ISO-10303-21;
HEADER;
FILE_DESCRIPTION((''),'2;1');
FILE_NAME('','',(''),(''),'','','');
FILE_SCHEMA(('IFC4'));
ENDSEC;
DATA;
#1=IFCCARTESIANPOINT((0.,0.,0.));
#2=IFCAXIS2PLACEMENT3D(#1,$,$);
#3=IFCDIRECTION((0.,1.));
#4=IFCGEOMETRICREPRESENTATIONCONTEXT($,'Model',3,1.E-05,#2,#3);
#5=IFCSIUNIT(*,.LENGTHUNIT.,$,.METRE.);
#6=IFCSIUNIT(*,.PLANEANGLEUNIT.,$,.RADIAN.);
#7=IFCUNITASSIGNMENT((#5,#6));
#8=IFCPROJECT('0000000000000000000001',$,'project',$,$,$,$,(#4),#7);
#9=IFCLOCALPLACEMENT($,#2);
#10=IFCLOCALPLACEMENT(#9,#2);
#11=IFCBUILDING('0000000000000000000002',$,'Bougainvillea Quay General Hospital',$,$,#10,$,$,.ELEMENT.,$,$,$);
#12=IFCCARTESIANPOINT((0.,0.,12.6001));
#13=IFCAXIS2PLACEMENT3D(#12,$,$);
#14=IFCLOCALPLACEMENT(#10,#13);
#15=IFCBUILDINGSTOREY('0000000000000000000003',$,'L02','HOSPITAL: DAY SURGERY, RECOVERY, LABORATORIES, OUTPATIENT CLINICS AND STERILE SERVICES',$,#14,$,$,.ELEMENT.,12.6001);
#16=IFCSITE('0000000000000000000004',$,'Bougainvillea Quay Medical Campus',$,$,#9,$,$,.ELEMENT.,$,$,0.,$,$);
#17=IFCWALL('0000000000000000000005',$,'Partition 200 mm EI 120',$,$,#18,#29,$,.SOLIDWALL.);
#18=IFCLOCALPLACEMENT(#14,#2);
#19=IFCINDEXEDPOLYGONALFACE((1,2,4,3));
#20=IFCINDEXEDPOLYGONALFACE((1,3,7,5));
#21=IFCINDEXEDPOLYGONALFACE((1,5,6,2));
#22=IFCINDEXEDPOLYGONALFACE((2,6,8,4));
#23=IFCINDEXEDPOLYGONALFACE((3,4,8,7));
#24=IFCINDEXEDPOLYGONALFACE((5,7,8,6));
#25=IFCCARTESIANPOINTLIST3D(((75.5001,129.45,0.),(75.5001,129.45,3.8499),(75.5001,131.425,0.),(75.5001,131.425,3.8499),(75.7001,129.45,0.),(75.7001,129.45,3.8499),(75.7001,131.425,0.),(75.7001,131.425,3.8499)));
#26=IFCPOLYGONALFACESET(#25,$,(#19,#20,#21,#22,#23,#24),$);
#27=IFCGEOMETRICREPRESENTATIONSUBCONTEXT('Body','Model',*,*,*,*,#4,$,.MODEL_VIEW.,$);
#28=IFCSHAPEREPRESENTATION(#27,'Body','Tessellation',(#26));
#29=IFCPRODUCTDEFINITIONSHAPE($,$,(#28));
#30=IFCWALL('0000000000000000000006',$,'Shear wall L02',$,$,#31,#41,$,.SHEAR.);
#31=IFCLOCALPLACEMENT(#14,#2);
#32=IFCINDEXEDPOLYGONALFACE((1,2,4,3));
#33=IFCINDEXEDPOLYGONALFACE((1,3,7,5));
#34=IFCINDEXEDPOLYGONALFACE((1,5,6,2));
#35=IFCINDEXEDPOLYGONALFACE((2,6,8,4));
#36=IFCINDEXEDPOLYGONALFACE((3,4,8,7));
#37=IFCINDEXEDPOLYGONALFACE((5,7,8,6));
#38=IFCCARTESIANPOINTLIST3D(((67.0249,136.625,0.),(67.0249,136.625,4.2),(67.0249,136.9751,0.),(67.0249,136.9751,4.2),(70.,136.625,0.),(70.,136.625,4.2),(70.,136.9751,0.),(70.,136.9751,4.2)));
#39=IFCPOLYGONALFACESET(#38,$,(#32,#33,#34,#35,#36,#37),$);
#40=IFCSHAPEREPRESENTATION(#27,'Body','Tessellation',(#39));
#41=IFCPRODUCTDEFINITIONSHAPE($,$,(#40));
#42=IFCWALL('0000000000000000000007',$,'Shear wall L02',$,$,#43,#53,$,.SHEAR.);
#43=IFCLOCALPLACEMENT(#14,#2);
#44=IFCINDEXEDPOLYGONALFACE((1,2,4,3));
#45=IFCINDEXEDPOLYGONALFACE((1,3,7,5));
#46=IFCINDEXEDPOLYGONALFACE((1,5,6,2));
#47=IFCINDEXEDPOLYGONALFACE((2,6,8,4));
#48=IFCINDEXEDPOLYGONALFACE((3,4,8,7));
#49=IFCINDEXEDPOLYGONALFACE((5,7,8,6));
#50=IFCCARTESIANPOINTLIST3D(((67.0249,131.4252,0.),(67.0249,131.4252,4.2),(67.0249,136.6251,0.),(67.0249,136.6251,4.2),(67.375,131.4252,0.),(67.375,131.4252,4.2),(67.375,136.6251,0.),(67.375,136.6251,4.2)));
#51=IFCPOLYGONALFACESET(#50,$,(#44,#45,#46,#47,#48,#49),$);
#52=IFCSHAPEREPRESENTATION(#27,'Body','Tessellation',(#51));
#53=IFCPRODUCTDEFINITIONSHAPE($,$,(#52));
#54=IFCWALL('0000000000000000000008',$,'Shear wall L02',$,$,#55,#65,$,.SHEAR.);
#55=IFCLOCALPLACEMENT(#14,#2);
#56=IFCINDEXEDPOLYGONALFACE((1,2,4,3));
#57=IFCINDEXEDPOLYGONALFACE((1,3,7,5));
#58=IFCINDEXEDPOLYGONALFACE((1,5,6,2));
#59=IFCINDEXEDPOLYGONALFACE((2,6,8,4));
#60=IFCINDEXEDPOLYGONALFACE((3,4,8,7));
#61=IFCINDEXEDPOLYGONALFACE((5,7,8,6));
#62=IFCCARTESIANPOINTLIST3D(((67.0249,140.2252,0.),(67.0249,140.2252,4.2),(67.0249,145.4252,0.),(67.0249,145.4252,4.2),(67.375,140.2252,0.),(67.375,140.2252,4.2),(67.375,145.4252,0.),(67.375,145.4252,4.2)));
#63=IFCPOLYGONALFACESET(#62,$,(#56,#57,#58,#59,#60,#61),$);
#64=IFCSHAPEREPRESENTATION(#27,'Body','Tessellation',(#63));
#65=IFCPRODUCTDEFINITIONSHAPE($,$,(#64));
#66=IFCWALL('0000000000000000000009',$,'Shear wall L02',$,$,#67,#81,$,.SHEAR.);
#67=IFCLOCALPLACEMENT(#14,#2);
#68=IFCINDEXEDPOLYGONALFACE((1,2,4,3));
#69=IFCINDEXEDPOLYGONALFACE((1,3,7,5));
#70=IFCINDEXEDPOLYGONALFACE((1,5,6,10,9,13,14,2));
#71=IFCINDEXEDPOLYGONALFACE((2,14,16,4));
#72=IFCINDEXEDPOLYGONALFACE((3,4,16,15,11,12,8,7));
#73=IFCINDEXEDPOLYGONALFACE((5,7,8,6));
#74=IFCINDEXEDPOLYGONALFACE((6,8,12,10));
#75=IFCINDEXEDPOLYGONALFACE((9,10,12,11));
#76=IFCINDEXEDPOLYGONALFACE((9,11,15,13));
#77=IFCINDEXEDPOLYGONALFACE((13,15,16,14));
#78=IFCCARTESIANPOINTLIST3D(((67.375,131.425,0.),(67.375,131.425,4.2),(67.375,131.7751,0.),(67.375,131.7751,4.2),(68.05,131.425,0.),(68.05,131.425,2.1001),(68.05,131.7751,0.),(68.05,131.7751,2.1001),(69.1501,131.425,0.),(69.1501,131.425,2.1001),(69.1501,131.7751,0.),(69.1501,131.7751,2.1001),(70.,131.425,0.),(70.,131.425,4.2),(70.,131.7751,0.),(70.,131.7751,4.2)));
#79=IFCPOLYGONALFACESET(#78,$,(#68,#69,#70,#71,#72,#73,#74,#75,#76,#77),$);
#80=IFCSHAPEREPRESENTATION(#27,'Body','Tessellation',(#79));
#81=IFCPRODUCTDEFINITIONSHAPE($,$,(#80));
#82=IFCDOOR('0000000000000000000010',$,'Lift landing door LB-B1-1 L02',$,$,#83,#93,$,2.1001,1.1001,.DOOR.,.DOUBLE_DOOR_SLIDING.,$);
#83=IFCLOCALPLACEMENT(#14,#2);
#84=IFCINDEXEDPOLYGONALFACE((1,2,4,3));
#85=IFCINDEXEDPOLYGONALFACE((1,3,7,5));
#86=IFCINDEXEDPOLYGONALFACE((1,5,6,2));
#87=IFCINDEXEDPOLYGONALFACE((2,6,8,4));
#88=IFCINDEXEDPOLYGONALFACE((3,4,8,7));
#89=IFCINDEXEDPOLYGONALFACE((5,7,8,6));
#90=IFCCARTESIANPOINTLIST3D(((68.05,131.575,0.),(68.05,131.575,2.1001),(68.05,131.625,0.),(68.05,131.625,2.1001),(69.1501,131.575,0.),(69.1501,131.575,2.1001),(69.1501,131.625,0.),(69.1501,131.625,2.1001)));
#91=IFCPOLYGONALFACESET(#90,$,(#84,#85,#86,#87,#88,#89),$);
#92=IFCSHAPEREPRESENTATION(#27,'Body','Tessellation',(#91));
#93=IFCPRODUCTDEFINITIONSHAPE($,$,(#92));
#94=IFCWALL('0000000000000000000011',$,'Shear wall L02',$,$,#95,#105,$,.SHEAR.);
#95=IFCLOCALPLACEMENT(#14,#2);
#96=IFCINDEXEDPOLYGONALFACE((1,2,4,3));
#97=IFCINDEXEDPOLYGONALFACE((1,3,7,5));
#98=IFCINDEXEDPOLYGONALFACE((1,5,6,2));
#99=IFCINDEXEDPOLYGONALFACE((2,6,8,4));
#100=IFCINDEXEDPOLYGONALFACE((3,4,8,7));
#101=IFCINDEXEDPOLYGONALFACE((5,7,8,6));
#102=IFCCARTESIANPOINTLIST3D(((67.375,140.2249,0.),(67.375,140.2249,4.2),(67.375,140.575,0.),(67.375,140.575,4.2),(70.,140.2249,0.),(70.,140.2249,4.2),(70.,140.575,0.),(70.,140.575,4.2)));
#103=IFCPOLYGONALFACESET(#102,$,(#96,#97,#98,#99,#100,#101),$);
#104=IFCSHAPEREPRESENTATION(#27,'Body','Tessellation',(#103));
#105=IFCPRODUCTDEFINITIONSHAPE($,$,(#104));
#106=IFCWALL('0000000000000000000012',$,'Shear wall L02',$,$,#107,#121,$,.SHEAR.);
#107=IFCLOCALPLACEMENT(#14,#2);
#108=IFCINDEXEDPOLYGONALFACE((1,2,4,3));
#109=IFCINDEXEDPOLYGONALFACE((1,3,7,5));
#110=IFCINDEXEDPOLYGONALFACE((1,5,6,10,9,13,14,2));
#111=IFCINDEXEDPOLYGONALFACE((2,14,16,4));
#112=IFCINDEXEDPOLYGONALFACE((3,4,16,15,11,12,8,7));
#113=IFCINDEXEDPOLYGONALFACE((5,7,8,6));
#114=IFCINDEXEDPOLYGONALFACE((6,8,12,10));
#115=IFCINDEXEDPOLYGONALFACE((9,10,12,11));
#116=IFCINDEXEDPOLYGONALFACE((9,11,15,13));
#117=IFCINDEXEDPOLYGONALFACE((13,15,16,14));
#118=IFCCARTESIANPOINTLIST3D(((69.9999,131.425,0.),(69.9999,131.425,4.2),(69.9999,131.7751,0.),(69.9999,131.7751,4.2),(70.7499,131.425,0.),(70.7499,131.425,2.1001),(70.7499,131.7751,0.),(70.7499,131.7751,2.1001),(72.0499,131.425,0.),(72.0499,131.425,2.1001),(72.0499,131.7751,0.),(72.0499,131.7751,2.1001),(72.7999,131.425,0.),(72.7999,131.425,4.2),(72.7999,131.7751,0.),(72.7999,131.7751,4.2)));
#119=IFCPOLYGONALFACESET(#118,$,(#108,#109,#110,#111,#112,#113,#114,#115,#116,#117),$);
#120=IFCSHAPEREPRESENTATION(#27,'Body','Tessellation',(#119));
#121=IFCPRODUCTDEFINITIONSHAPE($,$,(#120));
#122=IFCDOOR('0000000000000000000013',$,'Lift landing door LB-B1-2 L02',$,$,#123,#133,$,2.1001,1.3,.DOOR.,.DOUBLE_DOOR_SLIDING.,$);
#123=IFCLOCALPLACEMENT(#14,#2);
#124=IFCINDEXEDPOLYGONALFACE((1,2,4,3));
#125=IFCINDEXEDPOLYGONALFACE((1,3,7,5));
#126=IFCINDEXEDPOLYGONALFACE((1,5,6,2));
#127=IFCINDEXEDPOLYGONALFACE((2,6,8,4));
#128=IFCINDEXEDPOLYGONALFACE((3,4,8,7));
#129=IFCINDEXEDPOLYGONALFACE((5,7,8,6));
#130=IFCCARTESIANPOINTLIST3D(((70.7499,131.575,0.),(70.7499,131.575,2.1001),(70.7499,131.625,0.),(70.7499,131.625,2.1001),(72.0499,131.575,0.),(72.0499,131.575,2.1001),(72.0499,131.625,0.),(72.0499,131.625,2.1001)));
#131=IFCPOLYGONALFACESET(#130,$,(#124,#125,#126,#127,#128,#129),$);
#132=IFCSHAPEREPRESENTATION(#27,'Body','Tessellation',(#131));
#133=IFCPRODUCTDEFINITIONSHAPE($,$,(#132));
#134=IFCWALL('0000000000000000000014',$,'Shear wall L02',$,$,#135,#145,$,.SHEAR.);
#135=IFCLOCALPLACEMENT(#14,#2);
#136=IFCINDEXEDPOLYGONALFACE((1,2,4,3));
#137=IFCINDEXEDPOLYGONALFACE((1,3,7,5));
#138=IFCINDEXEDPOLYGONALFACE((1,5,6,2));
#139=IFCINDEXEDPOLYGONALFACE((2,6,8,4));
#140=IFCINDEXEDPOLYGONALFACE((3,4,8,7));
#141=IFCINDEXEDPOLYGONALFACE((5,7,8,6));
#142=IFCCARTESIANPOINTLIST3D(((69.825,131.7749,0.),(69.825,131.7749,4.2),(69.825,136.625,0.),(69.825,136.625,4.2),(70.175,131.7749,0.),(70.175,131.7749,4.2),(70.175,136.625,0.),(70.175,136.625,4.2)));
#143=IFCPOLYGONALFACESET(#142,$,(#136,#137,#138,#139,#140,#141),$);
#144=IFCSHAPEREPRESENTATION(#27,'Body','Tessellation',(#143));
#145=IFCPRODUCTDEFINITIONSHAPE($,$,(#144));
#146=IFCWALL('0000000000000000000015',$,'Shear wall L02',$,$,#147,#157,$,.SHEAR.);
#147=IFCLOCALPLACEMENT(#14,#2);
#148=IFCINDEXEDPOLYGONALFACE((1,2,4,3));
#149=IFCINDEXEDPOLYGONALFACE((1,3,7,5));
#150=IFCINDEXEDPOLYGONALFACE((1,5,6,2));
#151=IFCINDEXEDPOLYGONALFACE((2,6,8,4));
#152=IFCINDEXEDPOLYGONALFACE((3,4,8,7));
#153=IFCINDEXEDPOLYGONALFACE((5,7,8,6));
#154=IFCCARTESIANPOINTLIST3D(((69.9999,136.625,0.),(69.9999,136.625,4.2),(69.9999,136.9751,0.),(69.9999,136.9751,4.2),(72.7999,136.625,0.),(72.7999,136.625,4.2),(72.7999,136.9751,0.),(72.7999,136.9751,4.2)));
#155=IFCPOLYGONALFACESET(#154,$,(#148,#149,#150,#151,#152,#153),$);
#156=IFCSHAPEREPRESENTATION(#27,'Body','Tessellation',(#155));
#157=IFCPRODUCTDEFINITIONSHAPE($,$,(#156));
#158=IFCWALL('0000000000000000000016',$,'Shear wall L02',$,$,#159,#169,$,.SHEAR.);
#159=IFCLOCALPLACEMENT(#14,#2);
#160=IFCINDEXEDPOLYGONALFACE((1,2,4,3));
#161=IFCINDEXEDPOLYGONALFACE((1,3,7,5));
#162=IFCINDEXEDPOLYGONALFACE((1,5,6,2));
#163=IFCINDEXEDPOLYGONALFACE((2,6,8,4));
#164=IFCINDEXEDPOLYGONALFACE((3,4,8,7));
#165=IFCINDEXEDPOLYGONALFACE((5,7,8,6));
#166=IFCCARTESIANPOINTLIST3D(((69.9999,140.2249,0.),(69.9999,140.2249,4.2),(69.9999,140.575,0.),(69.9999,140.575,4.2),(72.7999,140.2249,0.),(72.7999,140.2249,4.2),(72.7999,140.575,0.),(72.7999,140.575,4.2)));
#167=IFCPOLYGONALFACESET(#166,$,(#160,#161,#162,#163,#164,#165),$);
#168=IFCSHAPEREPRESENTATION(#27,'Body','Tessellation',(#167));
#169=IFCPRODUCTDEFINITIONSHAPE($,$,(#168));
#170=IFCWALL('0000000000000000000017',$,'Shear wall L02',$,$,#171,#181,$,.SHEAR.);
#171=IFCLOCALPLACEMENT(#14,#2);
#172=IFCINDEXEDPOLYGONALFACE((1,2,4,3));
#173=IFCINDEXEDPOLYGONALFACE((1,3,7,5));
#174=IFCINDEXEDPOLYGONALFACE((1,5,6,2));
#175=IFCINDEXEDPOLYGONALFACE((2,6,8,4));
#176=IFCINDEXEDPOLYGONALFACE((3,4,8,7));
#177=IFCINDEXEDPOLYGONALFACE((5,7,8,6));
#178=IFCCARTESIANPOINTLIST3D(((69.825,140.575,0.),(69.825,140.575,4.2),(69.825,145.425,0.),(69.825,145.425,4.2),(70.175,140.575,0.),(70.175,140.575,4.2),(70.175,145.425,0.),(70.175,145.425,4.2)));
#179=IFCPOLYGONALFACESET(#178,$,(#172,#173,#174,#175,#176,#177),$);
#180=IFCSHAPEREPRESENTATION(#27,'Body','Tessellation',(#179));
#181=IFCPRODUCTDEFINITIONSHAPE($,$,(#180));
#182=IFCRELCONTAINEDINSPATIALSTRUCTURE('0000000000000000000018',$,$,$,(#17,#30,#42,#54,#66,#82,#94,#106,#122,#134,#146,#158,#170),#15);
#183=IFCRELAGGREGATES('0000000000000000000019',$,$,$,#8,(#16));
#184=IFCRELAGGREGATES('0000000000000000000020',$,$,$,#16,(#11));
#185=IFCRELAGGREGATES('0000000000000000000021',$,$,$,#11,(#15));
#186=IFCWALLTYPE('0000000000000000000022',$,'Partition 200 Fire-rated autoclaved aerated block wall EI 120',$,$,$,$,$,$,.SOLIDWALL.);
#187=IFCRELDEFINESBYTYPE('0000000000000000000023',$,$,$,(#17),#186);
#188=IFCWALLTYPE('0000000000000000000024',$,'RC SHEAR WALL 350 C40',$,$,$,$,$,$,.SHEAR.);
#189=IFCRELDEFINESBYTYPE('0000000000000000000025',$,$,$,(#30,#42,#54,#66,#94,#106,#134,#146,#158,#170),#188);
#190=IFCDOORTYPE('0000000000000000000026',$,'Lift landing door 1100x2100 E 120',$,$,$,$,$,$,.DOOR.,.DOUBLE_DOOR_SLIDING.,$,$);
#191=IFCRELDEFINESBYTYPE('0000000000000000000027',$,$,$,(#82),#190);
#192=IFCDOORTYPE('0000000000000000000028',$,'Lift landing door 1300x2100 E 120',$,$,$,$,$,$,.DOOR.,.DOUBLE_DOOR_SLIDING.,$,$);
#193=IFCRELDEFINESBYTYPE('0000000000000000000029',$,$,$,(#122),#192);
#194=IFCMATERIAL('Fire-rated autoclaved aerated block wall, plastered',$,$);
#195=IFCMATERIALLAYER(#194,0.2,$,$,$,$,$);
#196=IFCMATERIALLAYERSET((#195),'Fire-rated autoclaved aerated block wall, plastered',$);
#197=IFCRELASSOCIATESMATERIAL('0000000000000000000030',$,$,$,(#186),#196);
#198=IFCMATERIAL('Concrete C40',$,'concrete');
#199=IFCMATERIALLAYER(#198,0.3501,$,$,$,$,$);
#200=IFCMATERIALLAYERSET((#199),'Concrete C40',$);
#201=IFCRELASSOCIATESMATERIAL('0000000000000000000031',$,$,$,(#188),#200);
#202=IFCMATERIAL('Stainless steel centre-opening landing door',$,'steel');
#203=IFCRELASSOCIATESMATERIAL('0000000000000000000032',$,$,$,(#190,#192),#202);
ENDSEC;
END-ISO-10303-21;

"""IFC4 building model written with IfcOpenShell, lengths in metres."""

from ifc_helpers import new_model, si_unit, direction, frame, frame_2d, origin, place, context, subcontext, project, spatial, rectangle, extrude, material, layer, layer_set, type_object, element, fill, save


model = new_model("IFC4")

# Units and contexts
model_context = context("Model", 3, precision=1e-05, world=origin(), true_north=direction((0.0, 1.0)))
body_context = subcontext(model_context, "Body", "Model", "MODEL_VIEW")
ifc_project = project(units=[si_unit("LENGTHUNIT", "METRE"), si_unit("PLANEANGLEUNIT", "RADIAN")], contexts=[model_context])

# Site, building, storey
site_placement = place(None, origin())
site = spatial("IfcSite", under=ifc_project, at=site_placement, Name="Bougainvillea Quay Medical Campus", CompositionType="ELEMENT", RefElevation=0.0)
building_placement = place(site_placement, origin())
building = spatial("IfcBuilding", under=site, at=building_placement, Name="Bougainvillea Quay General Hospital", CompositionType="ELEMENT")
storey_placement = place(building_placement, frame((0.0, 0.0, 12.6001)))
storey = spatial("IfcBuildingStorey", under=building, at=storey_placement, Name="L02", Description="HOSPITAL: DAY SURGERY, RECOVERY, LABORATORIES, OUTPATIENT CLINICS AND STERILE SERVICES", CompositionType="ELEMENT", Elevation=12.6001)

# Shared definitions
ifc_material_1 = material(Name="Concrete C40", Category="concrete")

# Walls
ifc_material_2 = material(Name="Fire-rated autoclaved aerated block wall, plastered")
ifc_layer_1 = layer(ifc_material_2, 0.2)
ifc_layer_set_1 = layer_set([ifc_layer_1], Name="Fire-rated autoclaved aerated block wall, plastered")
wall_type_1 = type_object("IfcWallType", Name="Partition 200 Fire-rated autoclaved aerated block wall EI 120", PredefinedType="SOLIDWALL", material=ifc_layer_set_1)
for number, where, z_axis, x_axis, name in (
    (1, (75.6001, 129.45, 0.0), (0.0, 0.0, 1.0), (0.0, 1.0, 0.0), "Partition 200 mm EI 120"),
):
    element("IfcWall", number, at=place(storey_placement, frame(where, z_axis=z_axis, x_axis=x_axis)), inside=storey, type_object=wall_type_1, Name=name, PredefinedType="SOLIDWALL", context=body_context, shape_type="SweptSolid", body=[
        extrude(rectangle(XDim=1.9751, YDim=0.2, at=frame_2d((0.9875, 0.0))), origin(), (0.0, 0.0, 1.0), 3.8499),
    ])
ifc_layer_2 = layer(ifc_material_1, 0.3501)
ifc_layer_set_2 = layer_set([ifc_layer_2], Name="Concrete C40")
wall_type_2 = type_object("IfcWallType", Name="RC SHEAR WALL 350 C40", PredefinedType="SHEAR", material=ifc_layer_set_2)
wall_1_placement = place(storey_placement, frame((67.0249, 136.8, 0.0), z_axis=(0.0, 0.0, 1.0), x_axis=(1.0, 0.0, 0.0)))
element("IfcWall", 2, at=wall_1_placement, inside=storey, type_object=wall_type_2, Name="Shear wall L02", PredefinedType="SHEAR", context=body_context, shape_type="SweptSolid", body=[
    extrude(rectangle(XDim=2.9751, YDim=0.3501, at=frame_2d((1.4875, 0.0))), origin(), (0.0, 0.0, 1.0), 4.2),
])
for number, where, z_axis, x_axis, name in (
    (3, (67.2, 131.425, 0.0), (0.0, 0.0, 1.0), (0.0, 1.0, 0.0), "Shear wall L02"),
    (4, (67.2, 140.2251, 0.0), (0.0, 0.0, 1.0), (0.0, 1.0, 0.0), "Shear wall L02"),
):
    element("IfcWall", number, at=place(storey_placement, frame(where, z_axis=z_axis, x_axis=x_axis)), inside=storey, type_object=wall_type_2, Name=name, PredefinedType="SHEAR", context=body_context, shape_type="SweptSolid", body=[
        extrude(rectangle(XDim=5.2, YDim=0.3501, at=frame_2d((2.6001, 0.0))), origin(), (0.0, 0.0, 1.0), 4.2),
    ])

# Wall, opening, door
wall_2_placement = place(storey_placement, frame((67.375, 131.6001, 0.0), z_axis=(0.0, 0.0, 1.0), x_axis=(1.0, 0.0, 0.0)))
wall_2 = element("IfcWall", 5, at=wall_2_placement, inside=storey, type_object=wall_type_2, Name="Shear wall L02", PredefinedType="SHEAR", context=body_context, shape_type="SweptSolid", body=[
    extrude(rectangle(XDim=2.625, YDim=0.3501, at=frame_2d((1.3125, 0.0))), origin(), (0.0, 0.0, 1.0), 4.2),
])
opening_1_placement = place(wall_2_placement, frame((0.675, 0.0, 0.0)))
opening_1 = element("IfcOpeningElement", 6, at=opening_1_placement, cuts=wall_2, PredefinedType="OPENING", context=body_context, shape_type="SweptSolid", body=[
    extrude(rectangle(XDim=1.1001, YDim=2.1001, at=frame_2d((0.55, 1.05))), frame((0.0, 0.1851, 0.0), z_axis=(0.0, -1.0, 0.0), x_axis=(1.0, 0.0, 0.0)), (0.0, 0.0, 1.0), 0.3701),
])
ifc_material_3 = material(Name="Stainless steel centre-opening landing door", Category="steel")
door_type_1 = type_object("IfcDoorType", Name="Lift landing door 1100x2100 E 120", OperationType="DOUBLE_DOOR_SLIDING", PredefinedType="DOOR", material=ifc_material_3)
door_1_placement = place(opening_1_placement, origin())
door_1 = element("IfcDoor", 7, at=door_1_placement, inside=storey, type_object=door_type_1, Name="Lift landing door LB-B1-1 L02", OperationType="DOUBLE_DOOR_SLIDING", OverallHeight=2.1001, OverallWidth=1.1001, PredefinedType="DOOR", context=body_context, shape_type="SweptSolid", body=[
    extrude(rectangle(XDim=1.1001, YDim=2.1001, at=frame_2d((0.55, 1.05))), frame((0.0, 0.0249, 0.0), z_axis=(0.0, -1.0, 0.0), x_axis=(1.0, 0.0, 0.0)), (0.0, 0.0, 1.0), 0.05),
])
fill(opening_1, door_1)

# Wall
wall_3_placement = place(storey_placement, frame((67.375, 140.3999, 0.0), z_axis=(0.0, 0.0, 1.0), x_axis=(1.0, 0.0, 0.0)))
element("IfcWall", 8, at=wall_3_placement, inside=storey, type_object=wall_type_2, Name="Shear wall L02", PredefinedType="SHEAR", context=body_context, shape_type="SweptSolid", body=[
    extrude(rectangle(XDim=2.625, YDim=0.3501, at=frame_2d((1.3125, 0.0))), origin(), (0.0, 0.0, 1.0), 4.2),
])

# Wall, opening, door
wall_4_placement = place(storey_placement, frame((70.0, 131.6001, 0.0), z_axis=(0.0, 0.0, 1.0), x_axis=(1.0, 0.0, 0.0)))
wall_4 = element("IfcWall", 9, at=wall_4_placement, inside=storey, type_object=wall_type_2, Name="Shear wall L02", PredefinedType="SHEAR", context=body_context, shape_type="SweptSolid", body=[
    extrude(rectangle(XDim=2.8, YDim=0.3501, at=frame_2d((1.3999, 0.0))), origin(), (0.0, 0.0, 1.0), 4.2),
])
opening_2_placement = place(wall_4_placement, frame((0.75, 0.0, 0.0)))
opening_2 = element("IfcOpeningElement", 10, at=opening_2_placement, cuts=wall_4, PredefinedType="OPENING", context=body_context, shape_type="SweptSolid", body=[
    extrude(rectangle(XDim=1.3, YDim=2.1001, at=frame_2d((0.6499, 1.05))), frame((0.0, 0.1851, 0.0), z_axis=(0.0, -1.0, 0.0), x_axis=(1.0, 0.0, 0.0)), (0.0, 0.0, 1.0), 0.3701),
])
door_type_2 = type_object("IfcDoorType", Name="Lift landing door 1300x2100 E 120", OperationType="DOUBLE_DOOR_SLIDING", PredefinedType="DOOR", material=ifc_material_3)
door_2_placement = place(opening_2_placement, origin())
door_2 = element("IfcDoor", 11, at=door_2_placement, inside=storey, type_object=door_type_2, Name="Lift landing door LB-B1-2 L02", OperationType="DOUBLE_DOOR_SLIDING", OverallHeight=2.1001, OverallWidth=1.3, PredefinedType="DOOR", context=body_context, shape_type="SweptSolid", body=[
    extrude(rectangle(XDim=1.3, YDim=2.1001, at=frame_2d((0.6499, 1.05))), frame((0.0, 0.0249, 0.0), z_axis=(0.0, -1.0, 0.0), x_axis=(1.0, 0.0, 0.0)), (0.0, 0.0, 1.0), 0.05),
])
fill(opening_2, door_2)

# Walls
wall_5_placement = place(storey_placement, frame((70.0, 131.7749, 0.0), z_axis=(0.0, 0.0, 1.0), x_axis=(0.0, 1.0, 0.0)))
element("IfcWall", 12, at=wall_5_placement, inside=storey, type_object=wall_type_2, Name="Shear wall L02", PredefinedType="SHEAR", context=body_context, shape_type="SweptSolid", body=[
    extrude(rectangle(XDim=4.8501, YDim=0.3501, at=frame_2d((2.425, 0.0))), origin(), (0.0, 0.0, 1.0), 4.2),
])
for number, where, z_axis, x_axis, name in (
    (13, (70.0, 136.8, 0.0), (0.0, 0.0, 1.0), (1.0, 0.0, 0.0), "Shear wall L02"),
    (14, (70.0, 140.3999, 0.0), (0.0, 0.0, 1.0), (1.0, 0.0, 0.0), "Shear wall L02"),
):
    element("IfcWall", number, at=place(storey_placement, frame(where, z_axis=z_axis, x_axis=x_axis)), inside=storey, type_object=wall_type_2, Name=name, PredefinedType="SHEAR", context=body_context, shape_type="SweptSolid", body=[
        extrude(rectangle(XDim=2.8, YDim=0.3501, at=frame_2d((1.3999, 0.0))), origin(), (0.0, 0.0, 1.0), 4.2),
    ])
wall_6_placement = place(storey_placement, frame((70.0, 140.575, 0.0), z_axis=(0.0, 0.0, 1.0), x_axis=(0.0, 1.0, 0.0)))
element("IfcWall", 15, at=wall_6_placement, inside=storey, type_object=wall_type_2, Name="Shear wall L02", PredefinedType="SHEAR", context=body_context, shape_type="SweptSolid", body=[
    extrude(rectangle(XDim=4.8501, YDim=0.3501, at=frame_2d((2.425, 0.0))), origin(), (0.0, 0.0, 1.0), 4.2),
])

save(model, "model.ifc")
